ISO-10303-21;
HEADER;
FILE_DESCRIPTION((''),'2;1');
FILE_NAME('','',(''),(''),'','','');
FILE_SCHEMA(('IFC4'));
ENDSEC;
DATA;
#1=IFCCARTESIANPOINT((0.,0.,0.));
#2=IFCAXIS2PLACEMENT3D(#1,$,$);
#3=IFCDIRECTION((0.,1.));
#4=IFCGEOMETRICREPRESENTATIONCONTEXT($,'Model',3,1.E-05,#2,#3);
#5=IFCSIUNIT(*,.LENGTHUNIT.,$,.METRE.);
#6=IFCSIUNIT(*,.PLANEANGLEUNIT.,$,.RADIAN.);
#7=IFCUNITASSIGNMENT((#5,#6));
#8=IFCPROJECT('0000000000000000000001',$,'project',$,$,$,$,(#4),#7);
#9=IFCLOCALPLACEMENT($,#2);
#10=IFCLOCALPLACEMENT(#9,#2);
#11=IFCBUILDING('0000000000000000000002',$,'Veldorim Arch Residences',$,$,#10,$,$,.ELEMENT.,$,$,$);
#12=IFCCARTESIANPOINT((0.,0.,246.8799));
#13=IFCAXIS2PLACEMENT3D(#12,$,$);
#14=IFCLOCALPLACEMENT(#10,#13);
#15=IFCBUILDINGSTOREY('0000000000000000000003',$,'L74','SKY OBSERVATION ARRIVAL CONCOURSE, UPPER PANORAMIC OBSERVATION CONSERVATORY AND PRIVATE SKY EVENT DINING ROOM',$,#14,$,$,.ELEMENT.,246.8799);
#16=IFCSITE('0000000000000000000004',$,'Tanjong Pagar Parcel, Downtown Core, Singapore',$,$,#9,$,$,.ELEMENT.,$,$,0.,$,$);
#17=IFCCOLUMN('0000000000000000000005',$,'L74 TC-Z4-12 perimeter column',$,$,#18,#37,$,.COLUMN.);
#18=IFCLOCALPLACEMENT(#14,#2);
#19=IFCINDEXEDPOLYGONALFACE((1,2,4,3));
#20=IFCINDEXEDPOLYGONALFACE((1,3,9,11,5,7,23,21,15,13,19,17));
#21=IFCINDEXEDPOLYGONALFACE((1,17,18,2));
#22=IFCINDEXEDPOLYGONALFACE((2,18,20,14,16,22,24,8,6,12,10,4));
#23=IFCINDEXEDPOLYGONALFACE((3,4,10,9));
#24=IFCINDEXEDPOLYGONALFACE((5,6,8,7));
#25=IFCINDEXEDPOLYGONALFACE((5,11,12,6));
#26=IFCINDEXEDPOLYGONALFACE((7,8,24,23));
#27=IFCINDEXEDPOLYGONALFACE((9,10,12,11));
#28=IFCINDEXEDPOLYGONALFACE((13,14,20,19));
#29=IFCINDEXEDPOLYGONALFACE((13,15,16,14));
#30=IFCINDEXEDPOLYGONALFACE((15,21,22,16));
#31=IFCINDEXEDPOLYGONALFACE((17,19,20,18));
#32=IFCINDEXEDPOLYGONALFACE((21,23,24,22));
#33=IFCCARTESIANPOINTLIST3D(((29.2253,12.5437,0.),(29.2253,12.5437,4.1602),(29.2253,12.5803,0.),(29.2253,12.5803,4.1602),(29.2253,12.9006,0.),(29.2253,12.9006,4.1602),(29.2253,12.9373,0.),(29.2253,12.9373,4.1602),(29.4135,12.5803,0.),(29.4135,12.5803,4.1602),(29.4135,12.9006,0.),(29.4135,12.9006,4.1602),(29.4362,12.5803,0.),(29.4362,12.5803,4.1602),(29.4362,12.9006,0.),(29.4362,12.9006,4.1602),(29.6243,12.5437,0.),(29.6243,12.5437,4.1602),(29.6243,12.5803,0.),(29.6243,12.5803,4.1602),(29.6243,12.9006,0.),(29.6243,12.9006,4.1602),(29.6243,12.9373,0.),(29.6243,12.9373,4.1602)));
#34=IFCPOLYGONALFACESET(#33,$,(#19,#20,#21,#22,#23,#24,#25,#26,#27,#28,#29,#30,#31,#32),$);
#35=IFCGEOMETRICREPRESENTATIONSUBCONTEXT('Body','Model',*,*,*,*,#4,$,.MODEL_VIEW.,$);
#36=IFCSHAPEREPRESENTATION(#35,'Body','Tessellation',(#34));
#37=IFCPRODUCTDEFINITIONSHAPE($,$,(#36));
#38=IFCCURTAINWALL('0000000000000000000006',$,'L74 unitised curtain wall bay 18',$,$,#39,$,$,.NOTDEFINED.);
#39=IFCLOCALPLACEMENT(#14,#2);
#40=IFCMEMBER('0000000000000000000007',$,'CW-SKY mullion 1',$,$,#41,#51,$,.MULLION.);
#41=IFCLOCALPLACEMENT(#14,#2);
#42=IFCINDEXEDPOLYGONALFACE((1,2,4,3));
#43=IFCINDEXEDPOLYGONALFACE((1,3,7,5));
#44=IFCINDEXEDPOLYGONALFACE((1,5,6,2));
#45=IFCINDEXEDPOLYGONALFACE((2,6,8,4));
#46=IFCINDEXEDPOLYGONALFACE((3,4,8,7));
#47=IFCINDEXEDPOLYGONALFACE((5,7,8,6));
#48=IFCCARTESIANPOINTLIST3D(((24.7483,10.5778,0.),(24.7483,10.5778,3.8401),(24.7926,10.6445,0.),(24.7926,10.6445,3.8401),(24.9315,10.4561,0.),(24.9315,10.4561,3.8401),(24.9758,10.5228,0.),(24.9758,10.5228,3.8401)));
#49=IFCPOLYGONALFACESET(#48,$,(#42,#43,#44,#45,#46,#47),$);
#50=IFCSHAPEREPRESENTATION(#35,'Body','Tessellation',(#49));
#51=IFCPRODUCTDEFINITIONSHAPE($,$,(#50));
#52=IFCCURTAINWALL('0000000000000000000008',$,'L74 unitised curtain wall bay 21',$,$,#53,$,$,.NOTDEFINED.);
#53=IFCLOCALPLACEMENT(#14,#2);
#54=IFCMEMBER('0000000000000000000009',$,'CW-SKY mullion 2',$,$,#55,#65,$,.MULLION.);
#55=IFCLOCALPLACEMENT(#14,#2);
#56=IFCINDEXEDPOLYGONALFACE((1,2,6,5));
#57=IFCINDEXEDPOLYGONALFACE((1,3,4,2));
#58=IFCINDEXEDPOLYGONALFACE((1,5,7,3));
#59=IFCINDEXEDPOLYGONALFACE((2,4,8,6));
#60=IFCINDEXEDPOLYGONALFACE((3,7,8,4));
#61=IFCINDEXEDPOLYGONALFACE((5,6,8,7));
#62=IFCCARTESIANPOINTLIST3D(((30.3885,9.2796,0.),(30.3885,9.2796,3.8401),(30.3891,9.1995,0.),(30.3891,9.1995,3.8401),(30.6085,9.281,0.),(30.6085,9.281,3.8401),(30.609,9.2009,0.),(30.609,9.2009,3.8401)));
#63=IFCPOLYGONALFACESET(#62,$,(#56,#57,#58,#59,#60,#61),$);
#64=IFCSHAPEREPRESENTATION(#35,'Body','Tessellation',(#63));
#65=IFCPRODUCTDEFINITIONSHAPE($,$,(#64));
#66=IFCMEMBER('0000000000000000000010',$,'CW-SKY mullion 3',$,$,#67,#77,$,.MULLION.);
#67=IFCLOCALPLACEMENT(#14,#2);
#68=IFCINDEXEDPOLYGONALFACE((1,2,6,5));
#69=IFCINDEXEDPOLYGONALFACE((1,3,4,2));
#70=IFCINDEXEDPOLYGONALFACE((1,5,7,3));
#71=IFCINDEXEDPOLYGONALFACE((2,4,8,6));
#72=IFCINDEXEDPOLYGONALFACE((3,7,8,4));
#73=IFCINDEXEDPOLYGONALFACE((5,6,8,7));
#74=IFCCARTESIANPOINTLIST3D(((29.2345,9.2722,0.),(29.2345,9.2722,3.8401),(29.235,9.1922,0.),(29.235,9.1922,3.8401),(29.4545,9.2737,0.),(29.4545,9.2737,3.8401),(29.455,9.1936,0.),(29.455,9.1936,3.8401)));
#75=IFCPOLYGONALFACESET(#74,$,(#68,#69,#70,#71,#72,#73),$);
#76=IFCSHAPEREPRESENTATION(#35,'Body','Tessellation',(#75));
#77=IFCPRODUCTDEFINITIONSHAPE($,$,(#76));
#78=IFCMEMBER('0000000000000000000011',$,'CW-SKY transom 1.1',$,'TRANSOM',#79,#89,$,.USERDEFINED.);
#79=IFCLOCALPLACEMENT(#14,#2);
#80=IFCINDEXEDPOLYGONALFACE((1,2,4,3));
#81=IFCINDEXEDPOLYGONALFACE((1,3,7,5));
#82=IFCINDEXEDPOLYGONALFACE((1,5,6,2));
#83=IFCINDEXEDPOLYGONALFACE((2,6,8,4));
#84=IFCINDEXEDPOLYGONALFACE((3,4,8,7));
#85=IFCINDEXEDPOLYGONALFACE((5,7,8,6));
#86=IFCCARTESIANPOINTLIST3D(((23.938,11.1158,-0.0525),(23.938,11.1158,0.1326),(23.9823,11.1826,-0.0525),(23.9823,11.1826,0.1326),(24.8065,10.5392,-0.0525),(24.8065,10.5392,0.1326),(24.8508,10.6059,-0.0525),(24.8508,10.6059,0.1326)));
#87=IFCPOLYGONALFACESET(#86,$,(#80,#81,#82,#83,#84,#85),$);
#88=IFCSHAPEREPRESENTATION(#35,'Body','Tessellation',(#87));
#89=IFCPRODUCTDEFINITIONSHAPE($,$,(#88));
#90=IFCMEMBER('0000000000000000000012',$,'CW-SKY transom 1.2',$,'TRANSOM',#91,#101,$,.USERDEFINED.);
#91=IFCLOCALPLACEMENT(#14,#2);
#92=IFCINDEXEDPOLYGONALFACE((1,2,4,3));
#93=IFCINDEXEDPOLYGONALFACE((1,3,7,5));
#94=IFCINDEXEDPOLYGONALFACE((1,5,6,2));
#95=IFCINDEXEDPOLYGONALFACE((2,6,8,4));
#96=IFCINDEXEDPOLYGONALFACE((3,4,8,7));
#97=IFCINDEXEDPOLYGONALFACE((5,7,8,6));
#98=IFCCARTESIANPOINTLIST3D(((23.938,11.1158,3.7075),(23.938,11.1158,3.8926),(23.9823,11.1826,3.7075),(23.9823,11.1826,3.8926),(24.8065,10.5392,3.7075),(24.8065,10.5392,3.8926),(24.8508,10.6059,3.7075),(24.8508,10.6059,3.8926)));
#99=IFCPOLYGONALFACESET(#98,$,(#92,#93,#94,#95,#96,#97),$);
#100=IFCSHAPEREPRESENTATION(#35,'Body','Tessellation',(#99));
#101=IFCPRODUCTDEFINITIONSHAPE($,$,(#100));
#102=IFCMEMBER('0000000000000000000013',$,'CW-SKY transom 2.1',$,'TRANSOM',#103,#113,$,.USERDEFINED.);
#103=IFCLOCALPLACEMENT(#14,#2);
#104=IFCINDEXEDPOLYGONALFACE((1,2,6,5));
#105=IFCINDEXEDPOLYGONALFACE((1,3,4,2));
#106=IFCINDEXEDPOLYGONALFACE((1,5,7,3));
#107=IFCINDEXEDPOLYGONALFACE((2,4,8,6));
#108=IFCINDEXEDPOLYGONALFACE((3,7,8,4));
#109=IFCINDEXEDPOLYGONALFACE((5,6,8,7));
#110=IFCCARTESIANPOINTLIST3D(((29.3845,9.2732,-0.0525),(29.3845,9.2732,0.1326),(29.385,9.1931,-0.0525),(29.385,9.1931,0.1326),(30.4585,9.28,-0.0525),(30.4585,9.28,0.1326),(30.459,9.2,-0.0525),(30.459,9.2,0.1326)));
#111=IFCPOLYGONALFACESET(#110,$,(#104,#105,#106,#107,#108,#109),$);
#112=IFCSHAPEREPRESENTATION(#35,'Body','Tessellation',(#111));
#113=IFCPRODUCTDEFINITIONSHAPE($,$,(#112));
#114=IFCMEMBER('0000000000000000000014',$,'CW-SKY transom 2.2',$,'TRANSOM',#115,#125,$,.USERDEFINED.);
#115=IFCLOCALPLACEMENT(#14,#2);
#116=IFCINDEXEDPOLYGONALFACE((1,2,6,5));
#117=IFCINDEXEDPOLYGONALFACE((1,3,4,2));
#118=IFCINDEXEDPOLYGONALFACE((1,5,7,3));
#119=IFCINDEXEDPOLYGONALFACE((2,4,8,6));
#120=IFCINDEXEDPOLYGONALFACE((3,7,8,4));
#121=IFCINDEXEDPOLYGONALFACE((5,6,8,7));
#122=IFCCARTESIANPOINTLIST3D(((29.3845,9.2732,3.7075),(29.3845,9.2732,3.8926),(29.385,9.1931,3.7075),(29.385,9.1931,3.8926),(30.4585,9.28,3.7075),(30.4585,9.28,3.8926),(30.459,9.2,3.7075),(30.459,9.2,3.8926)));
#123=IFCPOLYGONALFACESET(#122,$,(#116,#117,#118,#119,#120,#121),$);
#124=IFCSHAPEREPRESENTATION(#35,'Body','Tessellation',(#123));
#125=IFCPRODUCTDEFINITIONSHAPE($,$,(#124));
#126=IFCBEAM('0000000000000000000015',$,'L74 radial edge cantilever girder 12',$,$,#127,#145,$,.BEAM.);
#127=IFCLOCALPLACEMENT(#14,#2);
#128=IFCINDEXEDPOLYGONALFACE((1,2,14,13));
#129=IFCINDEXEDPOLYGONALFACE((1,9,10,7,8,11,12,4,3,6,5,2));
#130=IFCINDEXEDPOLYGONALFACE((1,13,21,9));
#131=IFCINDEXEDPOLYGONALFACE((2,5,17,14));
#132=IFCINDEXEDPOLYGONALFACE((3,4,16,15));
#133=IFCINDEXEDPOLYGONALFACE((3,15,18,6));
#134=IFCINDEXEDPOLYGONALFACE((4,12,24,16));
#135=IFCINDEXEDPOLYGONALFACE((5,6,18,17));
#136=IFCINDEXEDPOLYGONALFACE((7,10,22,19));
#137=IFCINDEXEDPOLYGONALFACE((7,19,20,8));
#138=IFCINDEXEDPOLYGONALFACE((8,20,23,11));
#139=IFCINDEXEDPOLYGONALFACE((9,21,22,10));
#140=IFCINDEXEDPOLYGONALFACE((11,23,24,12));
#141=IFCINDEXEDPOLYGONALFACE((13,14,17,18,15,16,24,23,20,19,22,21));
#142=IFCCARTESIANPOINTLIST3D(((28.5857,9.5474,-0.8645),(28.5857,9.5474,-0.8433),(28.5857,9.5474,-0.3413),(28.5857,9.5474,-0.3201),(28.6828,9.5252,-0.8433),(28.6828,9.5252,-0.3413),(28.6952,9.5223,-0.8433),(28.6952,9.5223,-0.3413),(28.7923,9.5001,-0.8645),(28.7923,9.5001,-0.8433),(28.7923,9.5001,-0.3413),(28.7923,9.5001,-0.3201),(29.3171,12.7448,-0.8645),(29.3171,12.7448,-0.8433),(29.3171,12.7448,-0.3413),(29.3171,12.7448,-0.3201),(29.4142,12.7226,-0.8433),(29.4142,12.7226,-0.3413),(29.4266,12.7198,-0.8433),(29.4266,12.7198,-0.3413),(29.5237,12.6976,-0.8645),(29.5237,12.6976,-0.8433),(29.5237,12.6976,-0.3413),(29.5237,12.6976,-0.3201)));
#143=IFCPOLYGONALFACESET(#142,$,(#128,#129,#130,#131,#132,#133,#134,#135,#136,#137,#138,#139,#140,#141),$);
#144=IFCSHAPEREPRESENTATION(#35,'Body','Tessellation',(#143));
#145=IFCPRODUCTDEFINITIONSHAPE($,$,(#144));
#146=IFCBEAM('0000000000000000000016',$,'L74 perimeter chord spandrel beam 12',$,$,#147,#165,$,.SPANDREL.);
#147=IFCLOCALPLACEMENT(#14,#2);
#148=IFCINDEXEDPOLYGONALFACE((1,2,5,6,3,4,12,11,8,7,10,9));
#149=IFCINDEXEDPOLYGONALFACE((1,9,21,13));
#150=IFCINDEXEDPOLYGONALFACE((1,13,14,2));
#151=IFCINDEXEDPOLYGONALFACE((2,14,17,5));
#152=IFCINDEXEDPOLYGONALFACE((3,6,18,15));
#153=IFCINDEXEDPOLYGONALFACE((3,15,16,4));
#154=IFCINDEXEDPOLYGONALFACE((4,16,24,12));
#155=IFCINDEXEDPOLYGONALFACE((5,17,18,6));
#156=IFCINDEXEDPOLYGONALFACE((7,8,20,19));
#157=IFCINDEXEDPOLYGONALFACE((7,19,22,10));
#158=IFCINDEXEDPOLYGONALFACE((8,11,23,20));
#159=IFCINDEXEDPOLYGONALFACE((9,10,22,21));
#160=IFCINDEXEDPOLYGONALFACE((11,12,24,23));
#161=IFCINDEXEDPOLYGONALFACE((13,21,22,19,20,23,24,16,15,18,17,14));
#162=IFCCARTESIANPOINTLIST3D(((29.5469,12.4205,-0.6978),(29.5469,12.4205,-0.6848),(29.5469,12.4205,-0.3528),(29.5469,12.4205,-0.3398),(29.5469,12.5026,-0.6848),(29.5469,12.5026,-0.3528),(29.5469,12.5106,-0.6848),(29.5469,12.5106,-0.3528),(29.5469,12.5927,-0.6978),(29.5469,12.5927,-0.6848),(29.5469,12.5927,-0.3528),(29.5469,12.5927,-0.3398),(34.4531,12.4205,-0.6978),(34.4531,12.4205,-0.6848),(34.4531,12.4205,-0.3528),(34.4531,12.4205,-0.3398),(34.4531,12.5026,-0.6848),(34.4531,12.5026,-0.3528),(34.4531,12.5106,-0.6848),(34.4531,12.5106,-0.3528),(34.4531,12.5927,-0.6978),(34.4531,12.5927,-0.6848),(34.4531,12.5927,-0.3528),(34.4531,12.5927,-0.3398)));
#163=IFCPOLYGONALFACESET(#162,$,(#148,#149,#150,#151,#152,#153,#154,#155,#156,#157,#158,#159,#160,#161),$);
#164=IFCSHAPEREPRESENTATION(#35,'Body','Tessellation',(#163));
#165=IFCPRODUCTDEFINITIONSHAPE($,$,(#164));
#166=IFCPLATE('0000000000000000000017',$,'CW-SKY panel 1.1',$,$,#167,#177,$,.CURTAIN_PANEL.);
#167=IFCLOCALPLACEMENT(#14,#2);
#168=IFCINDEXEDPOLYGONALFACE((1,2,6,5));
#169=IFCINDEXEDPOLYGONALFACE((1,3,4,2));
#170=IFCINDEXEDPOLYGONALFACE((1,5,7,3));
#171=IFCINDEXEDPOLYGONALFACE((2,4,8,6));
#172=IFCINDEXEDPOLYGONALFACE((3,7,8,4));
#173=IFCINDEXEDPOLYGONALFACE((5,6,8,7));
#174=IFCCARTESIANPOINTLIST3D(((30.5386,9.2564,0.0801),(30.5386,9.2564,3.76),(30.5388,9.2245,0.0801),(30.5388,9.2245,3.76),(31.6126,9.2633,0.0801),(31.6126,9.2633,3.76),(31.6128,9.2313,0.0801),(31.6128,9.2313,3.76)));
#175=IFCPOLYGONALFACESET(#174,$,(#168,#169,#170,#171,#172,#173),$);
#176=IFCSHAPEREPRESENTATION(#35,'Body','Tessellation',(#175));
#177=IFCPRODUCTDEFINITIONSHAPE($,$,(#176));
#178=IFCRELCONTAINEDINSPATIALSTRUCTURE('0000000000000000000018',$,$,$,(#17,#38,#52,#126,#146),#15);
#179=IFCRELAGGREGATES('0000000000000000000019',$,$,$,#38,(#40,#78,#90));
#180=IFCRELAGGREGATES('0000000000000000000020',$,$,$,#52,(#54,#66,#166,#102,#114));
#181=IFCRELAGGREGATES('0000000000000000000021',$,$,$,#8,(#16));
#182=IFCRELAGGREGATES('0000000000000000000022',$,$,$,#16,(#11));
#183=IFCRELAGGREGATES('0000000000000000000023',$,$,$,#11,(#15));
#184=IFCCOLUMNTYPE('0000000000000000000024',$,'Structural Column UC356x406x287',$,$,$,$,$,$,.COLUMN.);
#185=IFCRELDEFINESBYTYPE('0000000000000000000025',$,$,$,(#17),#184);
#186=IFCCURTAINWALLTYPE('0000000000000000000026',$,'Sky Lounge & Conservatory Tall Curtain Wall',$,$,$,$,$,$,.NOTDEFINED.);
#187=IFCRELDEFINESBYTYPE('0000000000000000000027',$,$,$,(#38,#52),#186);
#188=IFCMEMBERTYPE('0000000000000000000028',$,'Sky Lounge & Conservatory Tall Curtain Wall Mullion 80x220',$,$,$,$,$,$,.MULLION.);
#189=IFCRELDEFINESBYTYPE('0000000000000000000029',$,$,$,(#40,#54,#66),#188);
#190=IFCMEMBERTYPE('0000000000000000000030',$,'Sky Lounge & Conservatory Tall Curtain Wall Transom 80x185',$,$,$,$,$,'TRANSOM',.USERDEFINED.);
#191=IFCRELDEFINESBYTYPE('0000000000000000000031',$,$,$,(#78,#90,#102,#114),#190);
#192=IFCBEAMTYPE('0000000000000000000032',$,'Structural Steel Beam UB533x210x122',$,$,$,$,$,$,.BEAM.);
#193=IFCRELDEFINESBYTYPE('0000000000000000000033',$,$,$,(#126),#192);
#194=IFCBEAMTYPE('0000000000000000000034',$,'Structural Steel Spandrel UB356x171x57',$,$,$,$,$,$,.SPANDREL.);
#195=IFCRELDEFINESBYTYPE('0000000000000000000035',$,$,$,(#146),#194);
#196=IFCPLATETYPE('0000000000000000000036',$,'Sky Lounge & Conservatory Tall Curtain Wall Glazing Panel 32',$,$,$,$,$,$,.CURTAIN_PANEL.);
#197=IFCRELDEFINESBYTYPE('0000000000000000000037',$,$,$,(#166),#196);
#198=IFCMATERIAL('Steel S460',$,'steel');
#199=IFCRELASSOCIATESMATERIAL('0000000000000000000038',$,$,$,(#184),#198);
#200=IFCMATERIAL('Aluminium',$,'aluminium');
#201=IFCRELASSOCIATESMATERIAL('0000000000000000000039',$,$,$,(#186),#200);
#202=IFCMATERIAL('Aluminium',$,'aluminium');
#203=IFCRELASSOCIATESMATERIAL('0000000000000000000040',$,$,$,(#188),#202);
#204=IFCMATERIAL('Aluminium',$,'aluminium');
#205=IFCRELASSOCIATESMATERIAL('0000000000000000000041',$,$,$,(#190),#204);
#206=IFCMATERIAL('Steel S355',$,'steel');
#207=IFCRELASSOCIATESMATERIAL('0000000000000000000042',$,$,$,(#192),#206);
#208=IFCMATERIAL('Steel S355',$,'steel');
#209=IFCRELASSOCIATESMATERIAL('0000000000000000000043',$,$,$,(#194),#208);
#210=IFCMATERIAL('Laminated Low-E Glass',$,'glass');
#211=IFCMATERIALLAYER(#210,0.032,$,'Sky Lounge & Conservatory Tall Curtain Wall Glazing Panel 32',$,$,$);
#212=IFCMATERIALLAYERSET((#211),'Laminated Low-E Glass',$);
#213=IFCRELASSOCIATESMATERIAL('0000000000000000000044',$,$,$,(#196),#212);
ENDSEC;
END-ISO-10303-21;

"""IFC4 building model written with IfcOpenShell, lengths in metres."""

from ifc_helpers import new_model, si_unit, direction, frame, origin, origin_2d, place, context, subcontext, project, spatial, rectangle, i_section, extrude, material, layer, layer_set, material_profile, profile_set, type_object, element, aggregate, save


model = new_model("IFC4")

# Units and contexts
model_context = context("Model", 3, precision=1e-05, world=origin(), true_north=direction((0.0, 1.0)))
body_context = subcontext(model_context, "Body", "Model", "MODEL_VIEW")
ifc_project = project(units=[si_unit("LENGTHUNIT", "METRE"), si_unit("PLANEANGLEUNIT", "RADIAN")], contexts=[model_context])

# Site, building, storey
site_placement = place(None, origin())
site = spatial("IfcSite", under=ifc_project, at=site_placement, Name="Tanjong Pagar Parcel, Downtown Core, Singapore", CompositionType="ELEMENT", RefElevation=0.0)
building_placement = place(site_placement, origin())
building = spatial("IfcBuilding", under=site, at=building_placement, Name="Veldorim Arch Residences", CompositionType="ELEMENT")
storey_placement = place(building_placement, frame((0.0, 0.0, 246.8799)))
storey = spatial("IfcBuildingStorey", under=building, at=storey_placement, Name="L74", Description="SKY OBSERVATION ARRIVAL CONCOURSE, UPPER PANORAMIC OBSERVATION CONSERVATORY AND PRIVATE SKY EVENT DINING ROOM", CompositionType="ELEMENT", Elevation=246.8799)

# Column
ifc_material_1 = material(Name="Steel S460", Category="steel")
ifc_material_profile_1 = material_profile(ifc_material_1, i_section(OverallWidth=0.3989, OverallDepth=0.3936, WebThickness=0.0227, FlangeThickness=0.0366, at=origin_2d()), Name="UC356x406x287")
ifc_profile_set_1 = profile_set([ifc_material_profile_1], Name="Steel S460")
column_type = type_object("IfcColumnType", Name="Structural Column UC356x406x287", PredefinedType="COLUMN", material=ifc_profile_set_1)
column_placement = place(storey_placement, frame((29.4248, 12.7405, 0.0), z_axis=(0.0, 0.0, 1.0), x_axis=(1.0, 0.0, 0.0)))
element("IfcColumn", 1, at=column_placement, inside=storey, type_object=column_type, Name="L74 TC-Z4-12 perimeter column", PredefinedType="COLUMN", context=body_context, shape_type="SweptSolid", body=[
    extrude(i_section(OverallWidth=0.3989, OverallDepth=0.3936, WebThickness=0.0227, FlangeThickness=0.0366, at=origin_2d()), origin(), (0.0, 0.0, 1.0), 4.1602),
])

# Curtain wall, member
ifc_material_2 = material(Name="Aluminium", Category="aluminium")
curtain_wall_type = type_object("IfcCurtainWallType", Name="Sky Lounge & Conservatory Tall Curtain Wall", PredefinedType="NOTDEFINED", material=ifc_material_2)
curtain_wall_1_placement = place(storey_placement, origin())
curtain_wall_1 = element("IfcCurtainWall", 2, at=curtain_wall_1_placement, inside=storey, type_object=curtain_wall_type, Name="L74 unitised curtain wall bay 18", PredefinedType="NOTDEFINED")
ifc_material_3 = material(Name="Aluminium", Category="aluminium")
ifc_material_profile_2 = material_profile(ifc_material_3, rectangle(XDim=0.0801, YDim=0.22, at=origin_2d()), Name="ALU_MUL_80x220")
ifc_profile_set_2 = profile_set([ifc_material_profile_2], Name="Aluminium")
member_type_1 = type_object("IfcMemberType", Name="Sky Lounge & Conservatory Tall Curtain Wall Mullion 80x220", PredefinedType="MULLION", material=ifc_profile_set_2)
member_1_placement = place(storey_placement, frame((24.8621, 10.5503, 0.0), z_axis=(0.0, 0.0, 1.0), x_axis=(-0.55319, -0.833055, 0.0)))
member_1 = element("IfcMember", 3, at=member_1_placement, type_object=member_type_1, Name="CW-SKY mullion 1", PredefinedType="MULLION", context=body_context, shape_type="SweptSolid", body=[
    extrude(rectangle(XDim=0.0801, YDim=0.22, at=origin_2d()), origin(), (0.0, 0.0, 1.0), 3.8401),
])

# Curtain wall, members
curtain_wall_2_placement = place(storey_placement, origin())
curtain_wall_2 = element("IfcCurtainWall", 4, at=curtain_wall_2_placement, inside=storey, type_object=curtain_wall_type, Name="L74 unitised curtain wall bay 21", PredefinedType="NOTDEFINED")
member_2_placement = place(storey_placement, frame((30.4988, 9.2402, 0.0), z_axis=(0.0, 0.0, 1.0), x_axis=(0.006407, -0.999979, 0.0)))
member_2 = element("IfcMember", 5, at=member_2_placement, type_object=member_type_1, Name="CW-SKY mullion 2", PredefinedType="MULLION", context=body_context, shape_type="SweptSolid", body=[
    extrude(rectangle(XDim=0.0801, YDim=0.22, at=origin_2d()), origin(), (0.0, 0.0, 1.0), 3.8401),
])
member_3_placement = place(storey_placement, frame((29.3447, 9.2329, 0.0), z_axis=(0.0, 0.0, 1.0), x_axis=(0.006407, -0.999979, 0.0)))
member_3 = element("IfcMember", 6, at=member_3_placement, type_object=member_type_1, Name="CW-SKY mullion 3", PredefinedType="MULLION", context=body_context, shape_type="SweptSolid", body=[
    extrude(rectangle(XDim=0.0801, YDim=0.22, at=origin_2d()), origin(), (0.0, 0.0, 1.0), 3.8401),
])

# Members
ifc_material_4 = material(Name="Aluminium", Category="aluminium")
ifc_material_profile_3 = material_profile(ifc_material_4, rectangle(XDim=0.0801, YDim=0.1851, at=origin_2d()), Name="ALU_TRN_80x185")
ifc_profile_set_3 = profile_set([ifc_material_profile_3], Name="Aluminium")
member_type_2 = type_object("IfcMemberType", Name="Sky Lounge & Conservatory Tall Curtain Wall Transom 80x185", ElementType="TRANSOM", PredefinedType="USERDEFINED", material=ifc_profile_set_3)
member_4_placement = place(storey_placement, frame((24.8286, 10.5725, 0.04), z_axis=(-0.833058, 0.553186, 0.0), x_axis=(-0.553186, -0.833058, 0.0)))
member_4 = element("IfcMember", 7, at=member_4_placement, type_object=member_type_2, Name="CW-SKY transom 1.1", ObjectType="TRANSOM", PredefinedType="USERDEFINED", context=body_context, shape_type="SweptSolid", body=[
    extrude(rectangle(XDim=0.0801, YDim=0.1851, at=origin_2d()), origin(), (0.0, 0.0, 1.0), 1.0425),
])
member_5_placement = place(storey_placement, frame((24.8286, 10.5725, 3.8), z_axis=(-0.833058, 0.553186, 0.0), x_axis=(-0.553186, -0.833058, 0.0)))
member_5 = element("IfcMember", 8, at=member_5_placement, type_object=member_type_2, Name="CW-SKY transom 1.2", ObjectType="TRANSOM", PredefinedType="USERDEFINED", context=body_context, shape_type="SweptSolid", body=[
    extrude(rectangle(XDim=0.0801, YDim=0.1851, at=origin_2d()), origin(), (0.0, 0.0, 1.0), 1.0425),
])
aggregate(curtain_wall_1, [member_1, member_4, member_5])
member_6_placement = place(storey_placement, frame((30.4587, 9.24, 0.04), z_axis=(-0.99998, -0.006365, 0.0), x_axis=(0.006365, -0.99998, 0.0)))
member_6 = element("IfcMember", 9, at=member_6_placement, type_object=member_type_2, Name="CW-SKY transom 2.1", ObjectType="TRANSOM", PredefinedType="USERDEFINED", context=body_context, shape_type="SweptSolid", body=[
    extrude(rectangle(XDim=0.0801, YDim=0.1851, at=origin_2d()), origin(), (0.0, 0.0, 1.0), 1.074),
])
member_7_placement = place(storey_placement, frame((30.4587, 9.24, 3.8), z_axis=(-0.99998, -0.006365, 0.0), x_axis=(0.006365, -0.99998, 0.0)))
member_7 = element("IfcMember", 10, at=member_7_placement, type_object=member_type_2, Name="CW-SKY transom 2.2", ObjectType="TRANSOM", PredefinedType="USERDEFINED", context=body_context, shape_type="SweptSolid", body=[
    extrude(rectangle(XDim=0.0801, YDim=0.1851, at=origin_2d()), origin(), (0.0, 0.0, 1.0), 1.074),
])

# Beams
ifc_material_5 = material(Name="Steel S355", Category="steel")
ifc_material_profile_4 = material_profile(ifc_material_5, i_section(OverallWidth=0.2119, OverallDepth=0.5444, WebThickness=0.0127, FlangeThickness=0.0212, at=origin_2d()), Name="UB533x210x122")
ifc_profile_set_4 = profile_set([ifc_material_profile_4], Name="Steel S355")
beam_type_1 = type_object("IfcBeamType", Name="Structural Steel Beam UB533x210x122", PredefinedType="BEAM", material=ifc_profile_set_4)
beam_1_placement = place(storey_placement, frame((29.4204, 12.7212, -0.5923), z_axis=(-0.222995, -0.97482, 0.0), x_axis=(0.97482, -0.222995, 0.0)))
element("IfcBeam", 11, at=beam_1_placement, inside=storey, type_object=beam_type_1, Name="L74 radial edge cantilever girder 12", PredefinedType="BEAM", context=body_context, shape_type="SweptSolid", body=[
    extrude(i_section(OverallWidth=0.2119, OverallDepth=0.5444, WebThickness=0.0127, FlangeThickness=0.0212, at=origin_2d()), origin(), (0.0, 0.0, 1.0), 3.28),
])
ifc_material_6 = material(Name="Steel S355", Category="steel")
ifc_material_profile_5 = material_profile(ifc_material_6, i_section(OverallWidth=0.1721, OverallDepth=0.3579, WebThickness=0.0081, FlangeThickness=0.0129, at=origin_2d()), Name="UB356x171x57")
ifc_profile_set_5 = profile_set([ifc_material_profile_5], Name="Steel S355")
beam_type_2 = type_object("IfcBeamType", Name="Structural Steel Spandrel UB356x171x57", PredefinedType="SPANDREL", material=ifc_profile_set_5)
beam_2_placement = place(storey_placement, frame((29.5469, 12.5066, -0.5188), z_axis=(1.0, 0.0, 0.0), x_axis=(0.0, 1.0, 0.0)))
element("IfcBeam", 12, at=beam_2_placement, inside=storey, type_object=beam_type_2, Name="L74 perimeter chord spandrel beam 12", PredefinedType="SPANDREL", context=body_context, shape_type="SweptSolid", body=[
    extrude(i_section(OverallWidth=0.1721, OverallDepth=0.3579, WebThickness=0.0081, FlangeThickness=0.0129, at=origin_2d()), origin(), (0.0, 0.0, 1.0), 4.9062),
])

# Plate
ifc_material_7 = material(Name="Laminated Low-E Glass", Category="glass")
ifc_layer_1 = layer(ifc_material_7, 0.032, Name="Sky Lounge & Conservatory Tall Curtain Wall Glazing Panel 32")
ifc_layer_set_1 = layer_set([ifc_layer_1], Name="Laminated Low-E Glass")
plate_type = type_object("IfcPlateType", Name="Sky Lounge & Conservatory Tall Curtain Wall Glazing Panel 32", PredefinedType="CURTAIN_PANEL", material=ifc_layer_set_1)
plate_1_placement = place(storey_placement, frame((31.0757, 9.2439, 0.0801), z_axis=(0.0, 0.0, 1.0), x_axis=(-0.999979, -0.006407, 0.0)))
plate_1 = element("IfcPlate", 13, at=plate_1_placement, type_object=plate_type, Name="CW-SKY panel 1.1", PredefinedType="CURTAIN_PANEL", context=body_context, shape_type="SweptSolid", body=[
    extrude(rectangle(XDim=1.074, YDim=0.032, at=origin_2d()), origin(), (0.0, 0.0, 1.0), 3.6799),
])
aggregate(curtain_wall_2, [member_2, member_3, plate_1, member_6, member_7])

save(model, "model.ifc")
